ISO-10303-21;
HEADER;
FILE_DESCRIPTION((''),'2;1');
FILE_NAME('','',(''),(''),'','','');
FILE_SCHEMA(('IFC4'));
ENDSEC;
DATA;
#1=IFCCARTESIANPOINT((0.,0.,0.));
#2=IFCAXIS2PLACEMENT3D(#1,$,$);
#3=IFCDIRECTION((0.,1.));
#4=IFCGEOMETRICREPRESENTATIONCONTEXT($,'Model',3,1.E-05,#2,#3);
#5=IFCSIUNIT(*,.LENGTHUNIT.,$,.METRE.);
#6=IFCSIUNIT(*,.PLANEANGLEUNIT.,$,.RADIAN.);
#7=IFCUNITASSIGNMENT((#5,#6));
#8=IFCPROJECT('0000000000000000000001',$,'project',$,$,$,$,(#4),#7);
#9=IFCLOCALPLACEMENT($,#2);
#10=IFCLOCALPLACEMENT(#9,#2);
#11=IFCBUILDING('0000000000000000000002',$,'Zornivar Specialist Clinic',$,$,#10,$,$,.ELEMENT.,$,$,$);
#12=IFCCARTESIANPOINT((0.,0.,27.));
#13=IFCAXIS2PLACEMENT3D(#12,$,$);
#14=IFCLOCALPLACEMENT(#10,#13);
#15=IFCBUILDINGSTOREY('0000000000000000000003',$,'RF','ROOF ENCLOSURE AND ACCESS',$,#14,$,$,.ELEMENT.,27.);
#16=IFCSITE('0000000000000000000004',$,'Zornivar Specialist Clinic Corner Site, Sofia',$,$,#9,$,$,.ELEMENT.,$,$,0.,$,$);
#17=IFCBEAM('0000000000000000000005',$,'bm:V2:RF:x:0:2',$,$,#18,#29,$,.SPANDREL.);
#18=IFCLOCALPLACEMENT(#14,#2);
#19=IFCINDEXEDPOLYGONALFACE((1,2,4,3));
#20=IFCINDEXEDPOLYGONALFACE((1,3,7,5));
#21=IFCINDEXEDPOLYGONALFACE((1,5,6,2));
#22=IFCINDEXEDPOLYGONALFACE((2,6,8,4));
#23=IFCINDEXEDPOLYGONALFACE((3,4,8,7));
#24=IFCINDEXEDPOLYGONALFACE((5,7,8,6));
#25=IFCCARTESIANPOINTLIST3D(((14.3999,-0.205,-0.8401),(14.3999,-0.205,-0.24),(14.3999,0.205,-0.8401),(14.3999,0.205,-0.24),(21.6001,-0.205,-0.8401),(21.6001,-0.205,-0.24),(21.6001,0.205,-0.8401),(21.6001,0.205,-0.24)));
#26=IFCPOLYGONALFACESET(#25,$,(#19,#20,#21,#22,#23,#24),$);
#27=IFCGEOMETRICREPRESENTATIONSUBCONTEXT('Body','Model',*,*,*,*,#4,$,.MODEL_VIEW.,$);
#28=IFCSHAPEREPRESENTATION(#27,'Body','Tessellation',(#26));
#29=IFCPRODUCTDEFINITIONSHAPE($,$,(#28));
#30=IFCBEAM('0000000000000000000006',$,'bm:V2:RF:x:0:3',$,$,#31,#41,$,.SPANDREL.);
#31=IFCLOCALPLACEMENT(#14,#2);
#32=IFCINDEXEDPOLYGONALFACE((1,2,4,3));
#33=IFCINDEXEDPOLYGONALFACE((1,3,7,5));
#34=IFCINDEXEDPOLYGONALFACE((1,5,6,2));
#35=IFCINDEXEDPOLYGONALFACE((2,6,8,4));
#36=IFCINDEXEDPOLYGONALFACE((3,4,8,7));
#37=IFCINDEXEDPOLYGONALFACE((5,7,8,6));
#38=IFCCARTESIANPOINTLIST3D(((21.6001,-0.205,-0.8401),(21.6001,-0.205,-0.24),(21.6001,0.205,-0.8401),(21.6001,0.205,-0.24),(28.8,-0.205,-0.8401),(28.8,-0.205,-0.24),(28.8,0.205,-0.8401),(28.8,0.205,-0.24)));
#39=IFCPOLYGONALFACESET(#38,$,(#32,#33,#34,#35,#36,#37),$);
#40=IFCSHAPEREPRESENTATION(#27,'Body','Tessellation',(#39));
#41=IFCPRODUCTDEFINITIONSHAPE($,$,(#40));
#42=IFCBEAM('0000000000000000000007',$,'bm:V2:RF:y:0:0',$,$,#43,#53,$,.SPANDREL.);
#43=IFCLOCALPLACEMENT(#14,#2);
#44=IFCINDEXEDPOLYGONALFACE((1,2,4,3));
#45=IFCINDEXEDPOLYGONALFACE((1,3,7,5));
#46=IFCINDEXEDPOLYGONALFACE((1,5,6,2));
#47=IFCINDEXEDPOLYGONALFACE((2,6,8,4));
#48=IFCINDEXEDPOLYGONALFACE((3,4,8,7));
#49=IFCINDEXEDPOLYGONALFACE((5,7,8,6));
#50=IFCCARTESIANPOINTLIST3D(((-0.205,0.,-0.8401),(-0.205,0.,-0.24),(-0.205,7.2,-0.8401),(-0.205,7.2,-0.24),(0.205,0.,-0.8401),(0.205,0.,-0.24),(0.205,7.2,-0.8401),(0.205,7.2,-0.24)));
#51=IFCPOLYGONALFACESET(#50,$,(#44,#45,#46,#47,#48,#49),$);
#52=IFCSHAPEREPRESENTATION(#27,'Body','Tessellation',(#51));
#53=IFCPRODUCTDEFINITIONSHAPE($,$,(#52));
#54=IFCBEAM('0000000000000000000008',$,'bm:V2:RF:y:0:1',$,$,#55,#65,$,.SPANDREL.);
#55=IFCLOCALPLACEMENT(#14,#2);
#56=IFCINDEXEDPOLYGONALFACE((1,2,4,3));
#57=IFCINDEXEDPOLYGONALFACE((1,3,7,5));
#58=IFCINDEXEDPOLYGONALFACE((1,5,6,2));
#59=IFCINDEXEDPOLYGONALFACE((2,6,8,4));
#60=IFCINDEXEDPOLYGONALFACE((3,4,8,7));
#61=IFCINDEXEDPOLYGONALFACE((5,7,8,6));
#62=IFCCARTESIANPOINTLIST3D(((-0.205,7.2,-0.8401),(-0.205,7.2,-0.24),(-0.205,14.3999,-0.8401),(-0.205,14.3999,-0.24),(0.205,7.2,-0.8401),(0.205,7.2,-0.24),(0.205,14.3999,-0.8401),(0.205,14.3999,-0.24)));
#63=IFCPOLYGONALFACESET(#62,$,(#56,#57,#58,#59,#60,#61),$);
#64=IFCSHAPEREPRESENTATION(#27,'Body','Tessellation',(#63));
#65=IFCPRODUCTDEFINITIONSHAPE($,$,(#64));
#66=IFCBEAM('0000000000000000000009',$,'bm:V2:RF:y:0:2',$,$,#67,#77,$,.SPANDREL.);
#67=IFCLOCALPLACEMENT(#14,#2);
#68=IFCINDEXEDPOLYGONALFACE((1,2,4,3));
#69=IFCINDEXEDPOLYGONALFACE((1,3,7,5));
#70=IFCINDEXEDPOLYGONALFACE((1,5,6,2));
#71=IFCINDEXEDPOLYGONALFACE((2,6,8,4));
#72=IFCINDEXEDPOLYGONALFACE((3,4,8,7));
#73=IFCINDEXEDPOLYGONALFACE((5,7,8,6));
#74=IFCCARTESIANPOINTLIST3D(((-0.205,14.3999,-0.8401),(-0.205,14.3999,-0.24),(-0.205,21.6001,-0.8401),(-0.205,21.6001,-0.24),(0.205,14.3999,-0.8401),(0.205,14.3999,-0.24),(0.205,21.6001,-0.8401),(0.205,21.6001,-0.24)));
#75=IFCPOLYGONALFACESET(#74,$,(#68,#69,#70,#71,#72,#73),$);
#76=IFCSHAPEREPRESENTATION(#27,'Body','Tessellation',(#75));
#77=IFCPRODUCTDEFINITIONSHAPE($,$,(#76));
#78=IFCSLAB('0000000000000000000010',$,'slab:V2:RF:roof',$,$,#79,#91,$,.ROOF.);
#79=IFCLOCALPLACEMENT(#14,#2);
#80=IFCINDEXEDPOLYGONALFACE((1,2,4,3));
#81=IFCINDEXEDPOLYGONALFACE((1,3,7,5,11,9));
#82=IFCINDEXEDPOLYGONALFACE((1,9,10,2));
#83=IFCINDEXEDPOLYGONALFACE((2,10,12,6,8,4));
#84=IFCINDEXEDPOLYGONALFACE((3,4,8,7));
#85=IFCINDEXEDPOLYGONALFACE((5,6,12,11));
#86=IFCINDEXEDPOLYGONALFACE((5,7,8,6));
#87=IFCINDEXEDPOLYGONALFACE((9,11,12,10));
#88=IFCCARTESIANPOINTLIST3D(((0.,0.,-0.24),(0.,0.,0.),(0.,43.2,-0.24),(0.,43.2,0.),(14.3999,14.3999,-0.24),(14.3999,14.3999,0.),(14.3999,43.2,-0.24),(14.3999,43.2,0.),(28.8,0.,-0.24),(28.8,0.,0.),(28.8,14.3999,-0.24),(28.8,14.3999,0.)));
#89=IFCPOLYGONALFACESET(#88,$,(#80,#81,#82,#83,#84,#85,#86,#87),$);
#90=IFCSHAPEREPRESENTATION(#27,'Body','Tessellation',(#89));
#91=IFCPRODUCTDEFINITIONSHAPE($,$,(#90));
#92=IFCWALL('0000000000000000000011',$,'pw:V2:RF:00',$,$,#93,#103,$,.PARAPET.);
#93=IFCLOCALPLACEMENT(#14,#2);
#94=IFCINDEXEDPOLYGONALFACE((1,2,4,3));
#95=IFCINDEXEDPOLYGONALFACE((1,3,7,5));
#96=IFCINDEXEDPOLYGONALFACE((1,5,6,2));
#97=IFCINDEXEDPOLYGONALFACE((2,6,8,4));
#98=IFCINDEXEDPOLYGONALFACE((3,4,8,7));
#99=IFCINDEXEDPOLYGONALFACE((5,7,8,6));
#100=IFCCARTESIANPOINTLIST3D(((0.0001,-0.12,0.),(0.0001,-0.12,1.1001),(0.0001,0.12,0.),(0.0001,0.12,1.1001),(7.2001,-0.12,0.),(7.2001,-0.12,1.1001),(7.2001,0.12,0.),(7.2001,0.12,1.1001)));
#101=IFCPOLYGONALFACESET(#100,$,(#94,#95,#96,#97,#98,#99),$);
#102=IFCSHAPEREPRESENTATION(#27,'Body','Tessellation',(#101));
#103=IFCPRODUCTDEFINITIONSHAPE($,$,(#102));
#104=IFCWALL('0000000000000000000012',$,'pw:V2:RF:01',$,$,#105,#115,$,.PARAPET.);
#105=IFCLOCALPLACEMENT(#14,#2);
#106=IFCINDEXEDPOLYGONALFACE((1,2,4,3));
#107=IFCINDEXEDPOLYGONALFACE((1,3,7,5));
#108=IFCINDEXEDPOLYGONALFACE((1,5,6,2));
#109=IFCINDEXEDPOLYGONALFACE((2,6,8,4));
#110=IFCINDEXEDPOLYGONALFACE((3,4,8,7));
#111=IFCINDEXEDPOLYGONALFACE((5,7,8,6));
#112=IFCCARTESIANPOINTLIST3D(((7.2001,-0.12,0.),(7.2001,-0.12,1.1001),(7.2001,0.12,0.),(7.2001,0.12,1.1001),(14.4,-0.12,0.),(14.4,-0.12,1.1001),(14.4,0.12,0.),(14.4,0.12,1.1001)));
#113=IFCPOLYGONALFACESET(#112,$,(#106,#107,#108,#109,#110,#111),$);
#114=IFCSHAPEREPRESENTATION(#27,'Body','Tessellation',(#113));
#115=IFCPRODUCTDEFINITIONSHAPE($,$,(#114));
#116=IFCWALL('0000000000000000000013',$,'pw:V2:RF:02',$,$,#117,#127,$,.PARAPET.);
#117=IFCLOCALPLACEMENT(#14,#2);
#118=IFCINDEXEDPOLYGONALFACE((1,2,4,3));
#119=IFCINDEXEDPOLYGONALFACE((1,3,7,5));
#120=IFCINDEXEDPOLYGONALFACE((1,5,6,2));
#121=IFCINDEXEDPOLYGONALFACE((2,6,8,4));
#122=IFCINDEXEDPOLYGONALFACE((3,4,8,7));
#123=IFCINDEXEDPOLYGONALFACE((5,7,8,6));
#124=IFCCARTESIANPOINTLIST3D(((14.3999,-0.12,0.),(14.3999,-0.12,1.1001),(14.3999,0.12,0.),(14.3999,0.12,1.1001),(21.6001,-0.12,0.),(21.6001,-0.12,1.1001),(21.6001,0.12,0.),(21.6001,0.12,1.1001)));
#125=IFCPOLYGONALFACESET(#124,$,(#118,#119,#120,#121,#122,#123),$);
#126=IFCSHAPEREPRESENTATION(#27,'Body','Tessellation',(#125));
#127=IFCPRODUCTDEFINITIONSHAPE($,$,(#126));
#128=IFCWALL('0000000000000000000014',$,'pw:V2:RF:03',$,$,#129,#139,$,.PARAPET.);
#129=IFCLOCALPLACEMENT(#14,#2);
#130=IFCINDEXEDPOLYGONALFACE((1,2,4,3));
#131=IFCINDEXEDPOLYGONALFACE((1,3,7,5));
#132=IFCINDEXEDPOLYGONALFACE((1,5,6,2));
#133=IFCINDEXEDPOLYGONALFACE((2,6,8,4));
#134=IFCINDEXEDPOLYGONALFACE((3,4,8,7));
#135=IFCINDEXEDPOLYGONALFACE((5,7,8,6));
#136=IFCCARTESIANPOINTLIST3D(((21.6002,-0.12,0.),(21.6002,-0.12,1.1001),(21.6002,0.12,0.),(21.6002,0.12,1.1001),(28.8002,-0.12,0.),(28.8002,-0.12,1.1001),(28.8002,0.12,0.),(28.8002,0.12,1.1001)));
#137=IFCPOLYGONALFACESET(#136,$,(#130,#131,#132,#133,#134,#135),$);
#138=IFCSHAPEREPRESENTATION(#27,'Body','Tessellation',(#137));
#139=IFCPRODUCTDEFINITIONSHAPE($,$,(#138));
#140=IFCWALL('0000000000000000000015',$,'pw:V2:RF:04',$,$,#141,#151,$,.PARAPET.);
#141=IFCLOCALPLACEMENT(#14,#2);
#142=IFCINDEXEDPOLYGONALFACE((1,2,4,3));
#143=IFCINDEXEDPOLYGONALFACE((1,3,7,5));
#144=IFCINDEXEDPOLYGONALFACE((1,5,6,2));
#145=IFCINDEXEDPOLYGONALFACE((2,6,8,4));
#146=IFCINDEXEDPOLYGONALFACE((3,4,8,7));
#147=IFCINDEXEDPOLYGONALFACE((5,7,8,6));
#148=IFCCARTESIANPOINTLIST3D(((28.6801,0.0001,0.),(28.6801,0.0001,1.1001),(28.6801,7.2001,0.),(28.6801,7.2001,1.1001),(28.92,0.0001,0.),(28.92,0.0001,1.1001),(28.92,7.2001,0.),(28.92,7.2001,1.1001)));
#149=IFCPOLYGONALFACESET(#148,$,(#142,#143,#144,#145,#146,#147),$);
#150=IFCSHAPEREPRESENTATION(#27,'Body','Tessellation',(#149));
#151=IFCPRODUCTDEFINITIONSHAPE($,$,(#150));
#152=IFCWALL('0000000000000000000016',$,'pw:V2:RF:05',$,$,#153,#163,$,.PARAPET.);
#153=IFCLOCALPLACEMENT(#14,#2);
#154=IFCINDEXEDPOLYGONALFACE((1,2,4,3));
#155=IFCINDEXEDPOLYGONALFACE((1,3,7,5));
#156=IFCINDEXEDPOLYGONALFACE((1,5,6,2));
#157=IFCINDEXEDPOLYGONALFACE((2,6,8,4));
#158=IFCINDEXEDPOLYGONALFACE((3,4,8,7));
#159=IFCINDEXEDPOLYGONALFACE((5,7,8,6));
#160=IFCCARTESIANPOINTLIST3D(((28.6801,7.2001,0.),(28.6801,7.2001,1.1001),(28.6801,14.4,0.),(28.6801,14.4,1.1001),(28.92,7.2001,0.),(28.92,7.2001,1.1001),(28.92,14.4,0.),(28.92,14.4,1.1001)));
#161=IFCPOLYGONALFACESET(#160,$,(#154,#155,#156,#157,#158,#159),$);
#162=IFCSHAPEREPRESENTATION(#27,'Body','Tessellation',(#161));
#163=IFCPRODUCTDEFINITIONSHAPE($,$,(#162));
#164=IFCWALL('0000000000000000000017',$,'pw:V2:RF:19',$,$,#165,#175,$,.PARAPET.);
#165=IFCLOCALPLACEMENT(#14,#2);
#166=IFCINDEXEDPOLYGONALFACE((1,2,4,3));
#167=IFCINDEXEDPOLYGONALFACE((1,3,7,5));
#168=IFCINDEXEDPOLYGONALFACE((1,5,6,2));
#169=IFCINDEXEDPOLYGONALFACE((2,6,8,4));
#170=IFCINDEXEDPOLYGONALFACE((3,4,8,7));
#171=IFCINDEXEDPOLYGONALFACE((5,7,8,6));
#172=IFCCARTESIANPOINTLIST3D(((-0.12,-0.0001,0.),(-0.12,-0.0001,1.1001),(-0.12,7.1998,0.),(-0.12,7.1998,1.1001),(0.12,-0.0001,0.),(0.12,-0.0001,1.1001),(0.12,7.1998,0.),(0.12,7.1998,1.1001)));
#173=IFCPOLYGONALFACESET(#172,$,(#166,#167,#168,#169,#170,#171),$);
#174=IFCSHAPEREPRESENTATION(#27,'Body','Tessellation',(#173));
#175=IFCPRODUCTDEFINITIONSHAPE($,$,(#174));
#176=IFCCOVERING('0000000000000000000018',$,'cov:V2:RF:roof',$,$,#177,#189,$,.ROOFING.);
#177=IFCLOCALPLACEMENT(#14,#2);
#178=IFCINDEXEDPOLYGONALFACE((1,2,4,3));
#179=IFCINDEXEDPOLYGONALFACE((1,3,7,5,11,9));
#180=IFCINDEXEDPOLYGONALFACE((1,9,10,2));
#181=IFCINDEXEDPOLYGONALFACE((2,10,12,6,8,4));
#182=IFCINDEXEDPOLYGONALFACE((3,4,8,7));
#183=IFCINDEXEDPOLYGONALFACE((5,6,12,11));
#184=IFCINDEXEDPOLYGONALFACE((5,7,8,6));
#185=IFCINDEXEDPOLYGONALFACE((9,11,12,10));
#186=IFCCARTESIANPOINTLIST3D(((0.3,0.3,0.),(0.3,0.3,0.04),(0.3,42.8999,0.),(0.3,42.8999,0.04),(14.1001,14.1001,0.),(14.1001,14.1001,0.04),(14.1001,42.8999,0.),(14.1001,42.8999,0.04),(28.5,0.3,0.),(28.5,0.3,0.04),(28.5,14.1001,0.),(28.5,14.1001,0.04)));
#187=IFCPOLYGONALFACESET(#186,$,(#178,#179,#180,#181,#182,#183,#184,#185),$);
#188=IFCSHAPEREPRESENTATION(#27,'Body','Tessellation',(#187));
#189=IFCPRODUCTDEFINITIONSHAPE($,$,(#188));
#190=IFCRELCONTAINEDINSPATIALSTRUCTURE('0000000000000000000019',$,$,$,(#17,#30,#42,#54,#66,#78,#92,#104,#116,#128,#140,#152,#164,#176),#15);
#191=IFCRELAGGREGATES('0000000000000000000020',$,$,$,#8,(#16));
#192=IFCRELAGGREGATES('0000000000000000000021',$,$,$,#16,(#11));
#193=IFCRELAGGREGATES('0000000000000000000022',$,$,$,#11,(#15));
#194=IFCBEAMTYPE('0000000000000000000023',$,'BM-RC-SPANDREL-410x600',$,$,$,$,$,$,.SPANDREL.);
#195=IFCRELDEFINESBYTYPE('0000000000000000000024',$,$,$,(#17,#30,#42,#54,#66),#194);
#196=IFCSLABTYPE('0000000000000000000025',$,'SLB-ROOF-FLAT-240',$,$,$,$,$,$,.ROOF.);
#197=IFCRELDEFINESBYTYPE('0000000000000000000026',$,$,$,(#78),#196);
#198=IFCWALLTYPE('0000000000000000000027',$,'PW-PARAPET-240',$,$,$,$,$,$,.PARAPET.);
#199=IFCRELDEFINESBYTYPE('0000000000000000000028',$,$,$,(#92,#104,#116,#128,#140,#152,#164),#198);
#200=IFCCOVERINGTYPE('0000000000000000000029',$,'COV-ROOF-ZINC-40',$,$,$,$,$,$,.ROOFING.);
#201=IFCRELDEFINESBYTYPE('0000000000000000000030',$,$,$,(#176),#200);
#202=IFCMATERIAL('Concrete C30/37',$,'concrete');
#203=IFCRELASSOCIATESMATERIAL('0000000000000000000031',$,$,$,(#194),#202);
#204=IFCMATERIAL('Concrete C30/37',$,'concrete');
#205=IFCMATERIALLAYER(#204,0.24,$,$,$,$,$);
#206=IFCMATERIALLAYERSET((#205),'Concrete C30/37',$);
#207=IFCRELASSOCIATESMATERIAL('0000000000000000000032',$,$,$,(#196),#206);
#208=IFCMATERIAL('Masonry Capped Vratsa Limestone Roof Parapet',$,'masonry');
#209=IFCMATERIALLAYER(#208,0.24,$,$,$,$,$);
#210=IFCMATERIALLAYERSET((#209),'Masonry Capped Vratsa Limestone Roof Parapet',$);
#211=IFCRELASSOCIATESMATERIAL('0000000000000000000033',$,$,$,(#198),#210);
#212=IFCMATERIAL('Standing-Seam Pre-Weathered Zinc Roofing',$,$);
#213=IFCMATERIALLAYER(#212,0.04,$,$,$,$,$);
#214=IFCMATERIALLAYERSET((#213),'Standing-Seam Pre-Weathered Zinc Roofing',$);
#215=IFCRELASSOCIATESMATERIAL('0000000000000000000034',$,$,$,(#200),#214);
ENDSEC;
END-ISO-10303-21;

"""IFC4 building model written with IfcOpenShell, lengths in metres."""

from ifc_helpers import new_model, si_unit, direction, frame, frame_2d, origin, origin_2d, place, context, subcontext, project, spatial, polyline, rectangle, outline, extrude, material, layer, layer_set, material_profile, profile_set, type_object, element, save


model = new_model("IFC4")

# Units and contexts
model_context = context("Model", 3, precision=1e-05, world=origin(), true_north=direction((0.0, 1.0)))
body_context = subcontext(model_context, "Body", "Model", "MODEL_VIEW")
ifc_project = project(units=[si_unit("LENGTHUNIT", "METRE"), si_unit("PLANEANGLEUNIT", "RADIAN")], contexts=[model_context])

# Site, building, storey
site_placement = place(None, origin())
site = spatial("IfcSite", under=ifc_project, at=site_placement, Name="Zornivar Specialist Clinic Corner Site, Sofia", CompositionType="ELEMENT", RefElevation=0.0)
building_placement = place(site_placement, origin())
building = spatial("IfcBuilding", under=site, at=building_placement, Name="Zornivar Specialist Clinic", CompositionType="ELEMENT")
storey_placement = place(building_placement, frame((0.0, 0.0, 27.0)))
storey = spatial("IfcBuildingStorey", under=building, at=storey_placement, Name="RF", Description="ROOF ENCLOSURE AND ACCESS", CompositionType="ELEMENT", Elevation=27.0)

# Beams
ifc_material_1 = material(Name="Concrete C30/37", Category="concrete")
ifc_material_profile_1 = material_profile(ifc_material_1, rectangle(XDim=0.4099, YDim=0.6001, at=origin_2d()), Name="RC 410x600")
ifc_profile_set_1 = profile_set([ifc_material_profile_1], Name="Concrete C30/37")
beam_type_1 = type_object("IfcBeamType", Name="BM-RC-SPANDREL-410x600", PredefinedType="SPANDREL", material=ifc_profile_set_1)
beam_1_placement = place(storey_placement, frame((14.3999, 0.0, -0.54), z_axis=(1.0, 0.0, 0.0), x_axis=(0.0, 1.0, 0.0)))
element("IfcBeam", 1, at=beam_1_placement, inside=storey, type_object=beam_type_1, Name="bm:V2:RF:x:0:2", PredefinedType="SPANDREL", context=body_context, shape_type="SweptSolid", body=[
    extrude(rectangle(XDim=0.4099, YDim=0.6001, at=origin_2d()), origin(), (0.0, 0.0, 1.0), 7.2002),
])
for number, where, z_axis, x_axis, name in (
    (2, (21.6001, 0.0, -0.54), (1.0, 0.0, 0.0), (0.0, 1.0, 0.0), "bm:V2:RF:x:0:3"),
    (3, (0.0, 0.0, -0.54), (0.0, 1.0, 0.0), (-1.0, 0.0, 0.0), "bm:V2:RF:y:0:0"),
    (4, (0.0, 7.2, -0.54), (0.0, 1.0, 0.0), (-1.0, 0.0, 0.0), "bm:V2:RF:y:0:1"),
):
    element("IfcBeam", number, at=place(storey_placement, frame(where, z_axis=z_axis, x_axis=x_axis)), inside=storey, type_object=beam_type_1, Name=name, PredefinedType="SPANDREL", context=body_context, shape_type="SweptSolid", body=[
        extrude(rectangle(XDim=0.4099, YDim=0.6001, at=origin_2d()), origin(), (0.0, 0.0, 1.0), 7.2),
    ])
beam_2_placement = place(storey_placement, frame((0.0, 14.3999, -0.54), z_axis=(0.0, 1.0, 0.0), x_axis=(-1.0, 0.0, 0.0)))
element("IfcBeam", 5, at=beam_2_placement, inside=storey, type_object=beam_type_1, Name="bm:V2:RF:y:0:2", PredefinedType="SPANDREL", context=body_context, shape_type="SweptSolid", body=[
    extrude(rectangle(XDim=0.4099, YDim=0.6001, at=origin_2d()), origin(), (0.0, 0.0, 1.0), 7.2002),
])

# Slab
ifc_material_2 = material(Name="Concrete C30/37", Category="concrete")
ifc_layer_1 = layer(ifc_material_2, 0.24)
ifc_layer_set_1 = layer_set([ifc_layer_1], Name="Concrete C30/37")
slab_type = type_object("IfcSlabType", Name="SLB-ROOF-FLAT-240", PredefinedType="ROOF", material=ifc_layer_set_1)
slab_placement = place(storey_placement, frame((0.0, 0.0, -0.24)))
element("IfcSlab", 6, at=slab_placement, inside=storey, type_object=slab_type, Name="slab:V2:RF:roof", PredefinedType="ROOF", context=body_context, shape_type="SweptSolid", body=[
    extrude(outline(polyline([(0.0, 0.0), (28.8, 0.0), (28.8, 14.3999), (14.3999, 14.3999), (14.3999, 43.2), (0.0, 43.2), (0.0, 0.0)])), origin(), (0.0, 0.0, 1.0), 0.24),
])

# Walls
ifc_material_3 = material(Name="Masonry Capped Vratsa Limestone Roof Parapet", Category="masonry")
ifc_layer_2 = layer(ifc_material_3, 0.24)
ifc_layer_set_2 = layer_set([ifc_layer_2], Name="Masonry Capped Vratsa Limestone Roof Parapet")
wall_type = type_object("IfcWallType", Name="PW-PARAPET-240", PredefinedType="PARAPET", material=ifc_layer_set_2)
for number, where, z_axis, x_axis, name in (
    (7, (0.0, 0.0, 0.0), (0.0, 0.0, 1.0), (1.0, 0.0, 0.0), "pw:V2:RF:00"),
    (8, (7.2, 0.0, 0.0), (0.0, 0.0, 1.0), (1.0, 0.0, 0.0), "pw:V2:RF:01"),
):
    element("IfcWall", number, at=place(storey_placement, frame(where, z_axis=z_axis, x_axis=x_axis)), inside=storey, type_object=wall_type, Name=name, PredefinedType="PARAPET", context=body_context, shape_type="SweptSolid", body=[
        extrude(rectangle(XDim=7.2, YDim=0.24, at=frame_2d((3.6001, 0.0))), origin(), (0.0, 0.0, 1.0), 1.1001),
    ])
wall_placement = place(storey_placement, frame((14.3999, 0.0, 0.0), z_axis=(0.0, 0.0, 1.0), x_axis=(1.0, 0.0, 0.0)))
element("IfcWall", 9, at=wall_placement, inside=storey, type_object=wall_type, Name="pw:V2:RF:02", PredefinedType="PARAPET", context=body_context, shape_type="SweptSolid", body=[
    extrude(rectangle(XDim=7.2002, YDim=0.24, at=frame_2d((3.6001, 0.0))), origin(), (0.0, 0.0, 1.0), 1.1001),
])
for number, where, z_axis, x_axis, name in (
    (10, (21.6001, 0.0, 0.0), (0.0, 0.0, 1.0), (1.0, 0.0, 0.0), "pw:V2:RF:03"),
    (11, (28.8, 0.0, 0.0), (0.0, 0.0, 1.0), (0.0, 1.0, 0.0), "pw:V2:RF:04"),
    (12, (28.8, 7.2, 0.0), (0.0, 0.0, 1.0), (0.0, 1.0, 0.0), "pw:V2:RF:05"),
    (13, (0.0, 7.2, 0.0), (0.0, 0.0, 1.0), (0.0, -1.0, 0.0), "pw:V2:RF:19"),
):
    element("IfcWall", number, at=place(storey_placement, frame(where, z_axis=z_axis, x_axis=x_axis)), inside=storey, type_object=wall_type, Name=name, PredefinedType="PARAPET", context=body_context, shape_type="SweptSolid", body=[
        extrude(rectangle(XDim=7.2, YDim=0.24, at=frame_2d((3.6001, 0.0))), origin(), (0.0, 0.0, 1.0), 1.1001),
    ])

# Covering
ifc_material_4 = material(Name="Standing-Seam Pre-Weathered Zinc Roofing")
ifc_layer_3 = layer(ifc_material_4, 0.04)
ifc_layer_set_3 = layer_set([ifc_layer_3], Name="Standing-Seam Pre-Weathered Zinc Roofing")
covering_type = type_object("IfcCoveringType", Name="COV-ROOF-ZINC-40", PredefinedType="ROOFING", material=ifc_layer_set_3)
covering_placement = place(storey_placement, origin())
element("IfcCovering", 14, at=covering_placement, inside=storey, type_object=covering_type, Name="cov:V2:RF:roof", PredefinedType="ROOFING", context=body_context, shape_type="SweptSolid", body=[
    extrude(outline(polyline([(0.3, 0.3), (0.3, 42.8999), (14.1001, 42.8999), (14.1001, 14.1001), (28.5, 14.1001), (28.5, 0.3), (0.3, 0.3)])), origin(), (0.0, 0.0, 1.0), 0.04),
])

save(model, "model.ifc")
